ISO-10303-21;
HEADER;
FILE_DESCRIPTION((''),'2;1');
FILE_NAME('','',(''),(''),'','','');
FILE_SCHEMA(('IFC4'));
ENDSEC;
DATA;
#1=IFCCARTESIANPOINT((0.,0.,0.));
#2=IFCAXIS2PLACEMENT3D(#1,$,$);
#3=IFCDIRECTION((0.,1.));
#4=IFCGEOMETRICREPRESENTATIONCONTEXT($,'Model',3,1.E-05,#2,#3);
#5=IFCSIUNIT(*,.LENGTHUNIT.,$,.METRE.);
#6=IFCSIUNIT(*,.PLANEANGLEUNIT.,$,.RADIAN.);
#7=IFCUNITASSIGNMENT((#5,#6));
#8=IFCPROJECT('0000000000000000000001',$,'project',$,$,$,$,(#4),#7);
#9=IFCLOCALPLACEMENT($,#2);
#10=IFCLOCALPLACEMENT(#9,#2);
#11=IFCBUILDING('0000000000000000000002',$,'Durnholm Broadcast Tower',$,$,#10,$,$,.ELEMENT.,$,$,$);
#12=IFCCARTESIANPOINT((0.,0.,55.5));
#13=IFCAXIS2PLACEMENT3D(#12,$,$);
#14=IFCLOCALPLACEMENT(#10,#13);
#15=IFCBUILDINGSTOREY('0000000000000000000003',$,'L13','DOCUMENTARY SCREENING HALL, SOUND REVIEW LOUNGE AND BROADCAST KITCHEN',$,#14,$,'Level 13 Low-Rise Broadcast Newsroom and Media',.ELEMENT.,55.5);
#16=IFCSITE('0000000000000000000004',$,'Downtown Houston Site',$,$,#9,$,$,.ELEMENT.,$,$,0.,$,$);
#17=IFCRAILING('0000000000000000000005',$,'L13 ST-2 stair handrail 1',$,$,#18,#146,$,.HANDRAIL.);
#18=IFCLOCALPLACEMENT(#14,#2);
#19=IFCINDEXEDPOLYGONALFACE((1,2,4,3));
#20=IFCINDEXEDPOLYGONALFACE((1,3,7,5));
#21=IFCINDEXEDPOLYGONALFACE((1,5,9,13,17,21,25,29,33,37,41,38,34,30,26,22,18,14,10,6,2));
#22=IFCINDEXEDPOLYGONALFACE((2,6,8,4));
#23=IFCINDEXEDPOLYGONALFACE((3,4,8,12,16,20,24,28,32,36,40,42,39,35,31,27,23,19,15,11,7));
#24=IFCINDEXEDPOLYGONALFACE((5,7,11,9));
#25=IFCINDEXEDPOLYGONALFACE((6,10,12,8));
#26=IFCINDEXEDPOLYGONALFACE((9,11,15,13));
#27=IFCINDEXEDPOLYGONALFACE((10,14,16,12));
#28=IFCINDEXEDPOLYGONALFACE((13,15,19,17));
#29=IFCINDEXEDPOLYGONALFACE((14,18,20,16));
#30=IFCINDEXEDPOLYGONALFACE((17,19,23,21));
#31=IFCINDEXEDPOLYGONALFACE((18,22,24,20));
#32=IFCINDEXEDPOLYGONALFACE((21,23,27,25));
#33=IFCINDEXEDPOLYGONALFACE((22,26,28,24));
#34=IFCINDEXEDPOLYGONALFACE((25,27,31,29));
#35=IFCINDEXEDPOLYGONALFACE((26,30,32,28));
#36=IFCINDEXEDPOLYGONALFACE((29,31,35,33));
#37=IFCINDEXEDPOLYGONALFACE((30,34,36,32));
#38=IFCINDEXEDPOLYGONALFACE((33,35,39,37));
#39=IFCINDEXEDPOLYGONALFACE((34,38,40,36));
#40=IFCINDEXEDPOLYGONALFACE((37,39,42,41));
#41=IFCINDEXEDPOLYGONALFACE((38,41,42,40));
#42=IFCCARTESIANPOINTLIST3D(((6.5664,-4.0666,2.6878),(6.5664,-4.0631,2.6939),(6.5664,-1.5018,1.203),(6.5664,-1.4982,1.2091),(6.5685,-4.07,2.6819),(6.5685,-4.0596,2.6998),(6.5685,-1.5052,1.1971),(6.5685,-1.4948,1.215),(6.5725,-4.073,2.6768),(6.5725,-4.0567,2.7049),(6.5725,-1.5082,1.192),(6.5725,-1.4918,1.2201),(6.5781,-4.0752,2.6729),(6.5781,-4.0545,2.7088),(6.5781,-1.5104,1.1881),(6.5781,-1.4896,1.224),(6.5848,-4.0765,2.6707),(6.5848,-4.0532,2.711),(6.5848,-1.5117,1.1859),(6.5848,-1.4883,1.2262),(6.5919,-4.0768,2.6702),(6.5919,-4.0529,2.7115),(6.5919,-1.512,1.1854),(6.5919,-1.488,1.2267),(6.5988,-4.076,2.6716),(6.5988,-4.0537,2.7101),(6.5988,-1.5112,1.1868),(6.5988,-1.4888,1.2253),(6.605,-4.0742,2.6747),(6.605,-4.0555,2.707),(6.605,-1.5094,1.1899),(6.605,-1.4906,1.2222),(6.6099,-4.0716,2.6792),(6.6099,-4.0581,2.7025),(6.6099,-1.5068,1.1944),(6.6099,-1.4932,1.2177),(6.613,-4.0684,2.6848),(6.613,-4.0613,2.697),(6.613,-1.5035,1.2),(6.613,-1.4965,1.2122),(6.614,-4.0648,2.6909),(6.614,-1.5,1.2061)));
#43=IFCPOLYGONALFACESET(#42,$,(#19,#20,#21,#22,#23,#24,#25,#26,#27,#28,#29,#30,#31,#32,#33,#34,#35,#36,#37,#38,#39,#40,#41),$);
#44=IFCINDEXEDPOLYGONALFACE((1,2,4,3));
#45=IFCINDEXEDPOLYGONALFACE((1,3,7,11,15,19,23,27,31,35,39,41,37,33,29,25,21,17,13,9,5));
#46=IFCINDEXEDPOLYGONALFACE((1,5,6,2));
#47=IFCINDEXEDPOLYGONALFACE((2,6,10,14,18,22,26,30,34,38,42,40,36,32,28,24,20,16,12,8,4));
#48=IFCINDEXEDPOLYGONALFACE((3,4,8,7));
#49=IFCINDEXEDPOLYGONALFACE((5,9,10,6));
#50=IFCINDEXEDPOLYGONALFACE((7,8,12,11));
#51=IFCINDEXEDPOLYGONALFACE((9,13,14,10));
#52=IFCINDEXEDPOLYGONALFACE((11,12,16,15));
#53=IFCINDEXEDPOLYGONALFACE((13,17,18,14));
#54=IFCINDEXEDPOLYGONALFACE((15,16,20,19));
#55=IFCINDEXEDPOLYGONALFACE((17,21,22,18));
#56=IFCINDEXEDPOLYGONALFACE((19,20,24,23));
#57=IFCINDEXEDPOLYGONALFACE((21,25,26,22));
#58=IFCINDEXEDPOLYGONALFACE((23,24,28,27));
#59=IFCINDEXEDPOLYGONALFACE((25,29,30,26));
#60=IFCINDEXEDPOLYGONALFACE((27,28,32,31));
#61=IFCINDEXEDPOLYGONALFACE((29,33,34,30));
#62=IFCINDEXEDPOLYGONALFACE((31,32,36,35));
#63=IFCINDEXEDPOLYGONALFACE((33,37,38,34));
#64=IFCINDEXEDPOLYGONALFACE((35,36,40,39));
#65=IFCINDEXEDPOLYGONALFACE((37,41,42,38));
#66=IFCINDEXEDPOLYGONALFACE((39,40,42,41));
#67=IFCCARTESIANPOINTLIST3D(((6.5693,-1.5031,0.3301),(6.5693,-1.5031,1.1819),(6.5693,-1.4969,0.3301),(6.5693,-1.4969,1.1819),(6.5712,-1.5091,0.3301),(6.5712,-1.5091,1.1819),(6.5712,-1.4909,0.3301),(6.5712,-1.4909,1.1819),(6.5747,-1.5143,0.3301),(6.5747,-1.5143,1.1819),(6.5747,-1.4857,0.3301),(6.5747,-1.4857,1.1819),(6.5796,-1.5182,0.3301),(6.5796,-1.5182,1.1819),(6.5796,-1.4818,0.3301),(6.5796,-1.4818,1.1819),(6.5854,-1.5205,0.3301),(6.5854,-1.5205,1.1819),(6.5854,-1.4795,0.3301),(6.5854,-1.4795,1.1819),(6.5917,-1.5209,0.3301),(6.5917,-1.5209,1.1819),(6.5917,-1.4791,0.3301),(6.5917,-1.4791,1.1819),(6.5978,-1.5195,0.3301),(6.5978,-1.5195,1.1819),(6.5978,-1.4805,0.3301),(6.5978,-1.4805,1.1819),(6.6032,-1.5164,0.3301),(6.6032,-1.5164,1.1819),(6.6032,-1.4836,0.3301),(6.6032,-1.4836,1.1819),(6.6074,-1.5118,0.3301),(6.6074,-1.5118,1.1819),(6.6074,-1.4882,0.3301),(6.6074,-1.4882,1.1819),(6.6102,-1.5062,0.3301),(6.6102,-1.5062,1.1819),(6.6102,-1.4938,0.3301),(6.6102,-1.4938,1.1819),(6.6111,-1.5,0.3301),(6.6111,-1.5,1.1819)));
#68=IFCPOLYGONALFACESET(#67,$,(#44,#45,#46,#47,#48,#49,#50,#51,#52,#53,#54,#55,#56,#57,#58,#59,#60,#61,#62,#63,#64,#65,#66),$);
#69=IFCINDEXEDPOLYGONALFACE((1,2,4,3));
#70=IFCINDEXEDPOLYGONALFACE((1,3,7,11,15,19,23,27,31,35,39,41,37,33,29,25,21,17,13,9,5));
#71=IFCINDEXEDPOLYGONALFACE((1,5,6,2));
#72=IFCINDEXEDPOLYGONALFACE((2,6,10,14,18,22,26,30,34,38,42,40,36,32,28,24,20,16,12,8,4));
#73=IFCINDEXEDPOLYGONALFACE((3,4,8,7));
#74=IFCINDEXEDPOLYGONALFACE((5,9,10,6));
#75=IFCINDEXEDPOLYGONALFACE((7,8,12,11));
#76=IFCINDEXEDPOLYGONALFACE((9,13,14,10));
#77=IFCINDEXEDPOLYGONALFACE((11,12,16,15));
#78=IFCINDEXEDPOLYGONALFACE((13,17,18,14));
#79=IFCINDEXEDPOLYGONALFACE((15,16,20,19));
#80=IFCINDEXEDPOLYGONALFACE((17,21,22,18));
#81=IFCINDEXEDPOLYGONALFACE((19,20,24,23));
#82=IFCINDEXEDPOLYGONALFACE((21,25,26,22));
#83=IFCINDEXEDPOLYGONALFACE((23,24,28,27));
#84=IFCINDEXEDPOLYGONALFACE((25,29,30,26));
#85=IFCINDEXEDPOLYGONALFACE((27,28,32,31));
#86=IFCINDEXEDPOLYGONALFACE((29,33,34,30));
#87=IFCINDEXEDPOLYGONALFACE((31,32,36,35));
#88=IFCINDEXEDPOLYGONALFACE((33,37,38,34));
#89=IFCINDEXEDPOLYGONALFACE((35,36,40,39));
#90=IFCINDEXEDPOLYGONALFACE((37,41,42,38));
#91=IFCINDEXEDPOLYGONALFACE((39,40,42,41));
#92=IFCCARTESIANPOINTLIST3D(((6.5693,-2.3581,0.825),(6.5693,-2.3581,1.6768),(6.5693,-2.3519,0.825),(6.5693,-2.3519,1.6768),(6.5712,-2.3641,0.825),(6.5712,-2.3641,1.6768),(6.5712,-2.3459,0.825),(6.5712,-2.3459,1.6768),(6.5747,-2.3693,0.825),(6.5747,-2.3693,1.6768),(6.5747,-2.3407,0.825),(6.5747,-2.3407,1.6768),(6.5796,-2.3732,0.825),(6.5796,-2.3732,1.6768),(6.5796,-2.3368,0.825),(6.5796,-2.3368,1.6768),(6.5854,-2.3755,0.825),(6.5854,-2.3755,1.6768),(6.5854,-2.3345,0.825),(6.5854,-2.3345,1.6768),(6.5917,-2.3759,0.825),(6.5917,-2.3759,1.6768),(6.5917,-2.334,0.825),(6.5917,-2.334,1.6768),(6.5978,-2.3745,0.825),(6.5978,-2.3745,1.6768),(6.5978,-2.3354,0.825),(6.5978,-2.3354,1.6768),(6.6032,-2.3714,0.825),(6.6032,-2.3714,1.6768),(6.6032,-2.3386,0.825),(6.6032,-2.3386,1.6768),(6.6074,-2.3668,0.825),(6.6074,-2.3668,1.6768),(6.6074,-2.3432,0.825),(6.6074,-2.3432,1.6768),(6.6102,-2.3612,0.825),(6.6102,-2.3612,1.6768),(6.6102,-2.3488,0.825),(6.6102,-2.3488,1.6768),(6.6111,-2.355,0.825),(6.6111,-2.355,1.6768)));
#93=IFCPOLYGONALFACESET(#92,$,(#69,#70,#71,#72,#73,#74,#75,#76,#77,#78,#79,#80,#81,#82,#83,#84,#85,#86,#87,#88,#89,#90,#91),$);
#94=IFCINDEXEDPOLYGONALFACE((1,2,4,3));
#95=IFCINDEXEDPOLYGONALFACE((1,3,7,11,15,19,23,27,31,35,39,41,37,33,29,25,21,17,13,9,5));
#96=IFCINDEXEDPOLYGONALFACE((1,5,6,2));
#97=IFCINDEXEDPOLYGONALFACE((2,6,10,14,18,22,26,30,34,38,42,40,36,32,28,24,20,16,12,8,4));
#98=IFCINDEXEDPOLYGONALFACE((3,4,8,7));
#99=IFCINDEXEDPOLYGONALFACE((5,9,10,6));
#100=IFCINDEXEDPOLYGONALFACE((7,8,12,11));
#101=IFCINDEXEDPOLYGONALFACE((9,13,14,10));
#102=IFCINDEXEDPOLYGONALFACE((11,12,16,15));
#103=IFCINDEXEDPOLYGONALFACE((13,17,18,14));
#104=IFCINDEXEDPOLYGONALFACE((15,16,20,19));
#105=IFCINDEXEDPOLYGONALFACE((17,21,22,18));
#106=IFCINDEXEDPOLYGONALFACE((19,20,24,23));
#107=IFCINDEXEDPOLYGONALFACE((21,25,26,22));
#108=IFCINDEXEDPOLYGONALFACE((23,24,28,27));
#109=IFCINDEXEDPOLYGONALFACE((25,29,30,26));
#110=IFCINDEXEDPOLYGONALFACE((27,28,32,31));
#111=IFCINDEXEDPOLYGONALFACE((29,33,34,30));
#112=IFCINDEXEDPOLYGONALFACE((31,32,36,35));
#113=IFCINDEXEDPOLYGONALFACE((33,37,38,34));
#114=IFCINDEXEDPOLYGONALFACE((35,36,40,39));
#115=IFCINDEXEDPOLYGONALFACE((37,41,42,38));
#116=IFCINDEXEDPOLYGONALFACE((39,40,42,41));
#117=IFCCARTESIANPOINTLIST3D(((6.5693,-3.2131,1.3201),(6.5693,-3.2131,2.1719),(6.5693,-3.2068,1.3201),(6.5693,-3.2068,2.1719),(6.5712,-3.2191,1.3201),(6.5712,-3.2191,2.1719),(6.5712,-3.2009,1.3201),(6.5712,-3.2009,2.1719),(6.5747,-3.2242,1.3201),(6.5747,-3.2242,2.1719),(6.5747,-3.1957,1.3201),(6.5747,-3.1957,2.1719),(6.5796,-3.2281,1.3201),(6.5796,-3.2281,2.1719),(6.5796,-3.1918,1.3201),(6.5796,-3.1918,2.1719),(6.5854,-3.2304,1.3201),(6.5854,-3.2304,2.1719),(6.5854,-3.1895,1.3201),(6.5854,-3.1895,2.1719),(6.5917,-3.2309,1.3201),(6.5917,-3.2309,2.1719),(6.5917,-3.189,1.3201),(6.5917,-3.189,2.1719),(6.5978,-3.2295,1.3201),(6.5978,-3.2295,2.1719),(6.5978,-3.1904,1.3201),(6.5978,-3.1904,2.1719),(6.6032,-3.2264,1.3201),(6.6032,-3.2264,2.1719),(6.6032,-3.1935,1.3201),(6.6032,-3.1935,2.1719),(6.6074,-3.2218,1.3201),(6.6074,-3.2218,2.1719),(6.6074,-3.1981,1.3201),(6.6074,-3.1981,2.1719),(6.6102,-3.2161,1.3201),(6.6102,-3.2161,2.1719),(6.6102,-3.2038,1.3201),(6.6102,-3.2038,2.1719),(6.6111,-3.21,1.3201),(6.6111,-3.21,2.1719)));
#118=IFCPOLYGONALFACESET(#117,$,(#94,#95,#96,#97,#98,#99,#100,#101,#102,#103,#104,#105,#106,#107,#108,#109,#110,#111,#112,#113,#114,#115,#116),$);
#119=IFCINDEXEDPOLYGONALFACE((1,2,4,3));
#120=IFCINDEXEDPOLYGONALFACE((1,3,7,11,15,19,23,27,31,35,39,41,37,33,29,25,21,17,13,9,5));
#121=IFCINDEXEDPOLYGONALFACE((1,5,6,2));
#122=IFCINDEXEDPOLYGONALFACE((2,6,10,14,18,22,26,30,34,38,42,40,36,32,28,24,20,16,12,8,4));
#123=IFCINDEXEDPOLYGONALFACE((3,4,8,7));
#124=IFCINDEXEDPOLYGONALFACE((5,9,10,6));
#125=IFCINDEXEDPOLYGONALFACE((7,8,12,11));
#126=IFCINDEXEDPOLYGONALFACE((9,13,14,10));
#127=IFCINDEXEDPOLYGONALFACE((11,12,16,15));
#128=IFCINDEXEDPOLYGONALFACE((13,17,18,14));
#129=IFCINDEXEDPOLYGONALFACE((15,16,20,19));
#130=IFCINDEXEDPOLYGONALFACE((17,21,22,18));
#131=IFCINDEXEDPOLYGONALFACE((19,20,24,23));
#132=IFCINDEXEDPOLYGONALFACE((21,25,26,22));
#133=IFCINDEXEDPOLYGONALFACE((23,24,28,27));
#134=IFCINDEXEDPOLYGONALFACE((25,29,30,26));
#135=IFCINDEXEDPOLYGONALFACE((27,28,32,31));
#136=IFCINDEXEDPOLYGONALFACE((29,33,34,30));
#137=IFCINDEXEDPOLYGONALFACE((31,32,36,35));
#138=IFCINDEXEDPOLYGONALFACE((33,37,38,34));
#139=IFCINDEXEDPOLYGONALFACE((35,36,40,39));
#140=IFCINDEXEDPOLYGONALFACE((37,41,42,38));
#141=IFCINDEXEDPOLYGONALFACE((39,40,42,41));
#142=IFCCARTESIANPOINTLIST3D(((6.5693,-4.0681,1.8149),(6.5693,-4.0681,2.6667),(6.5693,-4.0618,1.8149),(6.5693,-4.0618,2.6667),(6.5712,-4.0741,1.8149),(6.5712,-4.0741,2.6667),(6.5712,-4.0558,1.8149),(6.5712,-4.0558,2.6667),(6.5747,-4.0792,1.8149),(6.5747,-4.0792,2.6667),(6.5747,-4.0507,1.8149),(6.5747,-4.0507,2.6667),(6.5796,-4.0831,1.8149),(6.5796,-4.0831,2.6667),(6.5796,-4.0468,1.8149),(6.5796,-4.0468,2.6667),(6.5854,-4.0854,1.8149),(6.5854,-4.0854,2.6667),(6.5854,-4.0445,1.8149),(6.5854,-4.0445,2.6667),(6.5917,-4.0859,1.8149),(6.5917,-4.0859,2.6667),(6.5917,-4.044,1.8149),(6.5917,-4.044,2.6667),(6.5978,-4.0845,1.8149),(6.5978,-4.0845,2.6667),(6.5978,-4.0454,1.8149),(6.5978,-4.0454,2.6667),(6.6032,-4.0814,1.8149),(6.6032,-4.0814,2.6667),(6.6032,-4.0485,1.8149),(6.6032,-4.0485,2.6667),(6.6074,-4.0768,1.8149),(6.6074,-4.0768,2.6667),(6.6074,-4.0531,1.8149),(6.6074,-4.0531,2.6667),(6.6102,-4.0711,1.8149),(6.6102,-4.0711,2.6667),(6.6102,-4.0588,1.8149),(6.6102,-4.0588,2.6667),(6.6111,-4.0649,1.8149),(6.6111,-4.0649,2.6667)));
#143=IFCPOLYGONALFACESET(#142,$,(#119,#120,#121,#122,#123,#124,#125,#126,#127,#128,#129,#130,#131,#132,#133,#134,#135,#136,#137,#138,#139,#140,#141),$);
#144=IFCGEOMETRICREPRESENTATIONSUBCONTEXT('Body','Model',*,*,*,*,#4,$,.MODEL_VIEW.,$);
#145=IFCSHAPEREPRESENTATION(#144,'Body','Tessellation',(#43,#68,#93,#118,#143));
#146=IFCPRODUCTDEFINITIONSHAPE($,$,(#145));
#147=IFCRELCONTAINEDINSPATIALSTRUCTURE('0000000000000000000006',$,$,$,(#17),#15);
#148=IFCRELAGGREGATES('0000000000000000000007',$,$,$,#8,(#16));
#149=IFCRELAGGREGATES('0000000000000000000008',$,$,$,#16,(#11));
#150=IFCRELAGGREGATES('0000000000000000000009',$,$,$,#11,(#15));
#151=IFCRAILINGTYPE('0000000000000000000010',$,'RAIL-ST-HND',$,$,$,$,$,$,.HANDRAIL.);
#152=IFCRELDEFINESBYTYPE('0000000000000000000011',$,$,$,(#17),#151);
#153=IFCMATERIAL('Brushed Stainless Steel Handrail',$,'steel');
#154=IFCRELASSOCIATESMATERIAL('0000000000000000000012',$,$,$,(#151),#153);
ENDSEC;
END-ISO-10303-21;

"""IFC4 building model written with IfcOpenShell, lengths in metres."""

from ifc_helpers import new_model, si_unit, direction, frame, origin, origin_2d, place, context, subcontext, project, spatial, circle, extrude, material, type_object, element, save


model = new_model("IFC4")

# Units and contexts
model_context = context("Model", 3, precision=1e-05, world=origin(), true_north=direction((0.0, 1.0)))
body_context = subcontext(model_context, "Body", "Model", "MODEL_VIEW")
ifc_project = project(units=[si_unit("LENGTHUNIT", "METRE"), si_unit("PLANEANGLEUNIT", "RADIAN")], contexts=[model_context])

# Site, building, storey
site_placement = place(None, origin())
site = spatial("IfcSite", under=ifc_project, at=site_placement, Name="Downtown Houston Site", CompositionType="ELEMENT", RefElevation=0.0)
building_placement = place(site_placement, origin())
building = spatial("IfcBuilding", under=site, at=building_placement, Name="Durnholm Broadcast Tower", CompositionType="ELEMENT")
storey_placement = place(building_placement, frame((0.0, 0.0, 55.5)))
storey = spatial("IfcBuildingStorey", under=building, at=storey_placement, Name="L13", Description="DOCUMENTARY SCREENING HALL, SOUND REVIEW LOUNGE AND BROADCAST KITCHEN", LongName="Level 13 Low-Rise Broadcast Newsroom and Media", CompositionType="ELEMENT", Elevation=55.5)

# Railing
ifc_material_1 = material(Name="Brushed Stainless Steel Handrail", Category="steel")
railing_type_1 = type_object("IfcRailingType", Name="RAIL-ST-HND", PredefinedType="HANDRAIL", material=ifc_material_1)
railing_1_placement = place(storey_placement, frame((6.5901, -1.5, 0.3301)))
element("IfcRailing", 1, at=railing_1_placement, inside=storey, type_object=railing_type_1, Name="L13 ST-2 stair handrail 1", PredefinedType="HANDRAIL", context=body_context, shape_type="SweptSolid", body=[
    extrude(circle(Radius=0.0239, at=origin_2d()), frame((0.0, 0.0, 0.876), z_axis=(0.0, -0.865441, 0.50101), x_axis=(1.0, 0.0, 0.0)), (0.0, 0.0, 1.0), 2.9636),
    extrude(circle(Radius=0.021, at=origin_2d()), origin(), (0.0, 0.0, 1.0), 0.8518),
    extrude(circle(Radius=0.021, at=origin_2d()), frame((0.0, -0.855, 0.4949)), (0.0, 0.0, 1.0), 0.8518),
    extrude(circle(Radius=0.021, at=origin_2d()), frame((0.0, -1.71, 0.99)), (0.0, 0.0, 1.0), 0.8518),
    extrude(circle(Radius=0.021, at=origin_2d()), frame((0.0, -2.5649, 1.4849)), (0.0, 0.0, 1.0), 0.8518),
])

save(model, "model.ifc")
